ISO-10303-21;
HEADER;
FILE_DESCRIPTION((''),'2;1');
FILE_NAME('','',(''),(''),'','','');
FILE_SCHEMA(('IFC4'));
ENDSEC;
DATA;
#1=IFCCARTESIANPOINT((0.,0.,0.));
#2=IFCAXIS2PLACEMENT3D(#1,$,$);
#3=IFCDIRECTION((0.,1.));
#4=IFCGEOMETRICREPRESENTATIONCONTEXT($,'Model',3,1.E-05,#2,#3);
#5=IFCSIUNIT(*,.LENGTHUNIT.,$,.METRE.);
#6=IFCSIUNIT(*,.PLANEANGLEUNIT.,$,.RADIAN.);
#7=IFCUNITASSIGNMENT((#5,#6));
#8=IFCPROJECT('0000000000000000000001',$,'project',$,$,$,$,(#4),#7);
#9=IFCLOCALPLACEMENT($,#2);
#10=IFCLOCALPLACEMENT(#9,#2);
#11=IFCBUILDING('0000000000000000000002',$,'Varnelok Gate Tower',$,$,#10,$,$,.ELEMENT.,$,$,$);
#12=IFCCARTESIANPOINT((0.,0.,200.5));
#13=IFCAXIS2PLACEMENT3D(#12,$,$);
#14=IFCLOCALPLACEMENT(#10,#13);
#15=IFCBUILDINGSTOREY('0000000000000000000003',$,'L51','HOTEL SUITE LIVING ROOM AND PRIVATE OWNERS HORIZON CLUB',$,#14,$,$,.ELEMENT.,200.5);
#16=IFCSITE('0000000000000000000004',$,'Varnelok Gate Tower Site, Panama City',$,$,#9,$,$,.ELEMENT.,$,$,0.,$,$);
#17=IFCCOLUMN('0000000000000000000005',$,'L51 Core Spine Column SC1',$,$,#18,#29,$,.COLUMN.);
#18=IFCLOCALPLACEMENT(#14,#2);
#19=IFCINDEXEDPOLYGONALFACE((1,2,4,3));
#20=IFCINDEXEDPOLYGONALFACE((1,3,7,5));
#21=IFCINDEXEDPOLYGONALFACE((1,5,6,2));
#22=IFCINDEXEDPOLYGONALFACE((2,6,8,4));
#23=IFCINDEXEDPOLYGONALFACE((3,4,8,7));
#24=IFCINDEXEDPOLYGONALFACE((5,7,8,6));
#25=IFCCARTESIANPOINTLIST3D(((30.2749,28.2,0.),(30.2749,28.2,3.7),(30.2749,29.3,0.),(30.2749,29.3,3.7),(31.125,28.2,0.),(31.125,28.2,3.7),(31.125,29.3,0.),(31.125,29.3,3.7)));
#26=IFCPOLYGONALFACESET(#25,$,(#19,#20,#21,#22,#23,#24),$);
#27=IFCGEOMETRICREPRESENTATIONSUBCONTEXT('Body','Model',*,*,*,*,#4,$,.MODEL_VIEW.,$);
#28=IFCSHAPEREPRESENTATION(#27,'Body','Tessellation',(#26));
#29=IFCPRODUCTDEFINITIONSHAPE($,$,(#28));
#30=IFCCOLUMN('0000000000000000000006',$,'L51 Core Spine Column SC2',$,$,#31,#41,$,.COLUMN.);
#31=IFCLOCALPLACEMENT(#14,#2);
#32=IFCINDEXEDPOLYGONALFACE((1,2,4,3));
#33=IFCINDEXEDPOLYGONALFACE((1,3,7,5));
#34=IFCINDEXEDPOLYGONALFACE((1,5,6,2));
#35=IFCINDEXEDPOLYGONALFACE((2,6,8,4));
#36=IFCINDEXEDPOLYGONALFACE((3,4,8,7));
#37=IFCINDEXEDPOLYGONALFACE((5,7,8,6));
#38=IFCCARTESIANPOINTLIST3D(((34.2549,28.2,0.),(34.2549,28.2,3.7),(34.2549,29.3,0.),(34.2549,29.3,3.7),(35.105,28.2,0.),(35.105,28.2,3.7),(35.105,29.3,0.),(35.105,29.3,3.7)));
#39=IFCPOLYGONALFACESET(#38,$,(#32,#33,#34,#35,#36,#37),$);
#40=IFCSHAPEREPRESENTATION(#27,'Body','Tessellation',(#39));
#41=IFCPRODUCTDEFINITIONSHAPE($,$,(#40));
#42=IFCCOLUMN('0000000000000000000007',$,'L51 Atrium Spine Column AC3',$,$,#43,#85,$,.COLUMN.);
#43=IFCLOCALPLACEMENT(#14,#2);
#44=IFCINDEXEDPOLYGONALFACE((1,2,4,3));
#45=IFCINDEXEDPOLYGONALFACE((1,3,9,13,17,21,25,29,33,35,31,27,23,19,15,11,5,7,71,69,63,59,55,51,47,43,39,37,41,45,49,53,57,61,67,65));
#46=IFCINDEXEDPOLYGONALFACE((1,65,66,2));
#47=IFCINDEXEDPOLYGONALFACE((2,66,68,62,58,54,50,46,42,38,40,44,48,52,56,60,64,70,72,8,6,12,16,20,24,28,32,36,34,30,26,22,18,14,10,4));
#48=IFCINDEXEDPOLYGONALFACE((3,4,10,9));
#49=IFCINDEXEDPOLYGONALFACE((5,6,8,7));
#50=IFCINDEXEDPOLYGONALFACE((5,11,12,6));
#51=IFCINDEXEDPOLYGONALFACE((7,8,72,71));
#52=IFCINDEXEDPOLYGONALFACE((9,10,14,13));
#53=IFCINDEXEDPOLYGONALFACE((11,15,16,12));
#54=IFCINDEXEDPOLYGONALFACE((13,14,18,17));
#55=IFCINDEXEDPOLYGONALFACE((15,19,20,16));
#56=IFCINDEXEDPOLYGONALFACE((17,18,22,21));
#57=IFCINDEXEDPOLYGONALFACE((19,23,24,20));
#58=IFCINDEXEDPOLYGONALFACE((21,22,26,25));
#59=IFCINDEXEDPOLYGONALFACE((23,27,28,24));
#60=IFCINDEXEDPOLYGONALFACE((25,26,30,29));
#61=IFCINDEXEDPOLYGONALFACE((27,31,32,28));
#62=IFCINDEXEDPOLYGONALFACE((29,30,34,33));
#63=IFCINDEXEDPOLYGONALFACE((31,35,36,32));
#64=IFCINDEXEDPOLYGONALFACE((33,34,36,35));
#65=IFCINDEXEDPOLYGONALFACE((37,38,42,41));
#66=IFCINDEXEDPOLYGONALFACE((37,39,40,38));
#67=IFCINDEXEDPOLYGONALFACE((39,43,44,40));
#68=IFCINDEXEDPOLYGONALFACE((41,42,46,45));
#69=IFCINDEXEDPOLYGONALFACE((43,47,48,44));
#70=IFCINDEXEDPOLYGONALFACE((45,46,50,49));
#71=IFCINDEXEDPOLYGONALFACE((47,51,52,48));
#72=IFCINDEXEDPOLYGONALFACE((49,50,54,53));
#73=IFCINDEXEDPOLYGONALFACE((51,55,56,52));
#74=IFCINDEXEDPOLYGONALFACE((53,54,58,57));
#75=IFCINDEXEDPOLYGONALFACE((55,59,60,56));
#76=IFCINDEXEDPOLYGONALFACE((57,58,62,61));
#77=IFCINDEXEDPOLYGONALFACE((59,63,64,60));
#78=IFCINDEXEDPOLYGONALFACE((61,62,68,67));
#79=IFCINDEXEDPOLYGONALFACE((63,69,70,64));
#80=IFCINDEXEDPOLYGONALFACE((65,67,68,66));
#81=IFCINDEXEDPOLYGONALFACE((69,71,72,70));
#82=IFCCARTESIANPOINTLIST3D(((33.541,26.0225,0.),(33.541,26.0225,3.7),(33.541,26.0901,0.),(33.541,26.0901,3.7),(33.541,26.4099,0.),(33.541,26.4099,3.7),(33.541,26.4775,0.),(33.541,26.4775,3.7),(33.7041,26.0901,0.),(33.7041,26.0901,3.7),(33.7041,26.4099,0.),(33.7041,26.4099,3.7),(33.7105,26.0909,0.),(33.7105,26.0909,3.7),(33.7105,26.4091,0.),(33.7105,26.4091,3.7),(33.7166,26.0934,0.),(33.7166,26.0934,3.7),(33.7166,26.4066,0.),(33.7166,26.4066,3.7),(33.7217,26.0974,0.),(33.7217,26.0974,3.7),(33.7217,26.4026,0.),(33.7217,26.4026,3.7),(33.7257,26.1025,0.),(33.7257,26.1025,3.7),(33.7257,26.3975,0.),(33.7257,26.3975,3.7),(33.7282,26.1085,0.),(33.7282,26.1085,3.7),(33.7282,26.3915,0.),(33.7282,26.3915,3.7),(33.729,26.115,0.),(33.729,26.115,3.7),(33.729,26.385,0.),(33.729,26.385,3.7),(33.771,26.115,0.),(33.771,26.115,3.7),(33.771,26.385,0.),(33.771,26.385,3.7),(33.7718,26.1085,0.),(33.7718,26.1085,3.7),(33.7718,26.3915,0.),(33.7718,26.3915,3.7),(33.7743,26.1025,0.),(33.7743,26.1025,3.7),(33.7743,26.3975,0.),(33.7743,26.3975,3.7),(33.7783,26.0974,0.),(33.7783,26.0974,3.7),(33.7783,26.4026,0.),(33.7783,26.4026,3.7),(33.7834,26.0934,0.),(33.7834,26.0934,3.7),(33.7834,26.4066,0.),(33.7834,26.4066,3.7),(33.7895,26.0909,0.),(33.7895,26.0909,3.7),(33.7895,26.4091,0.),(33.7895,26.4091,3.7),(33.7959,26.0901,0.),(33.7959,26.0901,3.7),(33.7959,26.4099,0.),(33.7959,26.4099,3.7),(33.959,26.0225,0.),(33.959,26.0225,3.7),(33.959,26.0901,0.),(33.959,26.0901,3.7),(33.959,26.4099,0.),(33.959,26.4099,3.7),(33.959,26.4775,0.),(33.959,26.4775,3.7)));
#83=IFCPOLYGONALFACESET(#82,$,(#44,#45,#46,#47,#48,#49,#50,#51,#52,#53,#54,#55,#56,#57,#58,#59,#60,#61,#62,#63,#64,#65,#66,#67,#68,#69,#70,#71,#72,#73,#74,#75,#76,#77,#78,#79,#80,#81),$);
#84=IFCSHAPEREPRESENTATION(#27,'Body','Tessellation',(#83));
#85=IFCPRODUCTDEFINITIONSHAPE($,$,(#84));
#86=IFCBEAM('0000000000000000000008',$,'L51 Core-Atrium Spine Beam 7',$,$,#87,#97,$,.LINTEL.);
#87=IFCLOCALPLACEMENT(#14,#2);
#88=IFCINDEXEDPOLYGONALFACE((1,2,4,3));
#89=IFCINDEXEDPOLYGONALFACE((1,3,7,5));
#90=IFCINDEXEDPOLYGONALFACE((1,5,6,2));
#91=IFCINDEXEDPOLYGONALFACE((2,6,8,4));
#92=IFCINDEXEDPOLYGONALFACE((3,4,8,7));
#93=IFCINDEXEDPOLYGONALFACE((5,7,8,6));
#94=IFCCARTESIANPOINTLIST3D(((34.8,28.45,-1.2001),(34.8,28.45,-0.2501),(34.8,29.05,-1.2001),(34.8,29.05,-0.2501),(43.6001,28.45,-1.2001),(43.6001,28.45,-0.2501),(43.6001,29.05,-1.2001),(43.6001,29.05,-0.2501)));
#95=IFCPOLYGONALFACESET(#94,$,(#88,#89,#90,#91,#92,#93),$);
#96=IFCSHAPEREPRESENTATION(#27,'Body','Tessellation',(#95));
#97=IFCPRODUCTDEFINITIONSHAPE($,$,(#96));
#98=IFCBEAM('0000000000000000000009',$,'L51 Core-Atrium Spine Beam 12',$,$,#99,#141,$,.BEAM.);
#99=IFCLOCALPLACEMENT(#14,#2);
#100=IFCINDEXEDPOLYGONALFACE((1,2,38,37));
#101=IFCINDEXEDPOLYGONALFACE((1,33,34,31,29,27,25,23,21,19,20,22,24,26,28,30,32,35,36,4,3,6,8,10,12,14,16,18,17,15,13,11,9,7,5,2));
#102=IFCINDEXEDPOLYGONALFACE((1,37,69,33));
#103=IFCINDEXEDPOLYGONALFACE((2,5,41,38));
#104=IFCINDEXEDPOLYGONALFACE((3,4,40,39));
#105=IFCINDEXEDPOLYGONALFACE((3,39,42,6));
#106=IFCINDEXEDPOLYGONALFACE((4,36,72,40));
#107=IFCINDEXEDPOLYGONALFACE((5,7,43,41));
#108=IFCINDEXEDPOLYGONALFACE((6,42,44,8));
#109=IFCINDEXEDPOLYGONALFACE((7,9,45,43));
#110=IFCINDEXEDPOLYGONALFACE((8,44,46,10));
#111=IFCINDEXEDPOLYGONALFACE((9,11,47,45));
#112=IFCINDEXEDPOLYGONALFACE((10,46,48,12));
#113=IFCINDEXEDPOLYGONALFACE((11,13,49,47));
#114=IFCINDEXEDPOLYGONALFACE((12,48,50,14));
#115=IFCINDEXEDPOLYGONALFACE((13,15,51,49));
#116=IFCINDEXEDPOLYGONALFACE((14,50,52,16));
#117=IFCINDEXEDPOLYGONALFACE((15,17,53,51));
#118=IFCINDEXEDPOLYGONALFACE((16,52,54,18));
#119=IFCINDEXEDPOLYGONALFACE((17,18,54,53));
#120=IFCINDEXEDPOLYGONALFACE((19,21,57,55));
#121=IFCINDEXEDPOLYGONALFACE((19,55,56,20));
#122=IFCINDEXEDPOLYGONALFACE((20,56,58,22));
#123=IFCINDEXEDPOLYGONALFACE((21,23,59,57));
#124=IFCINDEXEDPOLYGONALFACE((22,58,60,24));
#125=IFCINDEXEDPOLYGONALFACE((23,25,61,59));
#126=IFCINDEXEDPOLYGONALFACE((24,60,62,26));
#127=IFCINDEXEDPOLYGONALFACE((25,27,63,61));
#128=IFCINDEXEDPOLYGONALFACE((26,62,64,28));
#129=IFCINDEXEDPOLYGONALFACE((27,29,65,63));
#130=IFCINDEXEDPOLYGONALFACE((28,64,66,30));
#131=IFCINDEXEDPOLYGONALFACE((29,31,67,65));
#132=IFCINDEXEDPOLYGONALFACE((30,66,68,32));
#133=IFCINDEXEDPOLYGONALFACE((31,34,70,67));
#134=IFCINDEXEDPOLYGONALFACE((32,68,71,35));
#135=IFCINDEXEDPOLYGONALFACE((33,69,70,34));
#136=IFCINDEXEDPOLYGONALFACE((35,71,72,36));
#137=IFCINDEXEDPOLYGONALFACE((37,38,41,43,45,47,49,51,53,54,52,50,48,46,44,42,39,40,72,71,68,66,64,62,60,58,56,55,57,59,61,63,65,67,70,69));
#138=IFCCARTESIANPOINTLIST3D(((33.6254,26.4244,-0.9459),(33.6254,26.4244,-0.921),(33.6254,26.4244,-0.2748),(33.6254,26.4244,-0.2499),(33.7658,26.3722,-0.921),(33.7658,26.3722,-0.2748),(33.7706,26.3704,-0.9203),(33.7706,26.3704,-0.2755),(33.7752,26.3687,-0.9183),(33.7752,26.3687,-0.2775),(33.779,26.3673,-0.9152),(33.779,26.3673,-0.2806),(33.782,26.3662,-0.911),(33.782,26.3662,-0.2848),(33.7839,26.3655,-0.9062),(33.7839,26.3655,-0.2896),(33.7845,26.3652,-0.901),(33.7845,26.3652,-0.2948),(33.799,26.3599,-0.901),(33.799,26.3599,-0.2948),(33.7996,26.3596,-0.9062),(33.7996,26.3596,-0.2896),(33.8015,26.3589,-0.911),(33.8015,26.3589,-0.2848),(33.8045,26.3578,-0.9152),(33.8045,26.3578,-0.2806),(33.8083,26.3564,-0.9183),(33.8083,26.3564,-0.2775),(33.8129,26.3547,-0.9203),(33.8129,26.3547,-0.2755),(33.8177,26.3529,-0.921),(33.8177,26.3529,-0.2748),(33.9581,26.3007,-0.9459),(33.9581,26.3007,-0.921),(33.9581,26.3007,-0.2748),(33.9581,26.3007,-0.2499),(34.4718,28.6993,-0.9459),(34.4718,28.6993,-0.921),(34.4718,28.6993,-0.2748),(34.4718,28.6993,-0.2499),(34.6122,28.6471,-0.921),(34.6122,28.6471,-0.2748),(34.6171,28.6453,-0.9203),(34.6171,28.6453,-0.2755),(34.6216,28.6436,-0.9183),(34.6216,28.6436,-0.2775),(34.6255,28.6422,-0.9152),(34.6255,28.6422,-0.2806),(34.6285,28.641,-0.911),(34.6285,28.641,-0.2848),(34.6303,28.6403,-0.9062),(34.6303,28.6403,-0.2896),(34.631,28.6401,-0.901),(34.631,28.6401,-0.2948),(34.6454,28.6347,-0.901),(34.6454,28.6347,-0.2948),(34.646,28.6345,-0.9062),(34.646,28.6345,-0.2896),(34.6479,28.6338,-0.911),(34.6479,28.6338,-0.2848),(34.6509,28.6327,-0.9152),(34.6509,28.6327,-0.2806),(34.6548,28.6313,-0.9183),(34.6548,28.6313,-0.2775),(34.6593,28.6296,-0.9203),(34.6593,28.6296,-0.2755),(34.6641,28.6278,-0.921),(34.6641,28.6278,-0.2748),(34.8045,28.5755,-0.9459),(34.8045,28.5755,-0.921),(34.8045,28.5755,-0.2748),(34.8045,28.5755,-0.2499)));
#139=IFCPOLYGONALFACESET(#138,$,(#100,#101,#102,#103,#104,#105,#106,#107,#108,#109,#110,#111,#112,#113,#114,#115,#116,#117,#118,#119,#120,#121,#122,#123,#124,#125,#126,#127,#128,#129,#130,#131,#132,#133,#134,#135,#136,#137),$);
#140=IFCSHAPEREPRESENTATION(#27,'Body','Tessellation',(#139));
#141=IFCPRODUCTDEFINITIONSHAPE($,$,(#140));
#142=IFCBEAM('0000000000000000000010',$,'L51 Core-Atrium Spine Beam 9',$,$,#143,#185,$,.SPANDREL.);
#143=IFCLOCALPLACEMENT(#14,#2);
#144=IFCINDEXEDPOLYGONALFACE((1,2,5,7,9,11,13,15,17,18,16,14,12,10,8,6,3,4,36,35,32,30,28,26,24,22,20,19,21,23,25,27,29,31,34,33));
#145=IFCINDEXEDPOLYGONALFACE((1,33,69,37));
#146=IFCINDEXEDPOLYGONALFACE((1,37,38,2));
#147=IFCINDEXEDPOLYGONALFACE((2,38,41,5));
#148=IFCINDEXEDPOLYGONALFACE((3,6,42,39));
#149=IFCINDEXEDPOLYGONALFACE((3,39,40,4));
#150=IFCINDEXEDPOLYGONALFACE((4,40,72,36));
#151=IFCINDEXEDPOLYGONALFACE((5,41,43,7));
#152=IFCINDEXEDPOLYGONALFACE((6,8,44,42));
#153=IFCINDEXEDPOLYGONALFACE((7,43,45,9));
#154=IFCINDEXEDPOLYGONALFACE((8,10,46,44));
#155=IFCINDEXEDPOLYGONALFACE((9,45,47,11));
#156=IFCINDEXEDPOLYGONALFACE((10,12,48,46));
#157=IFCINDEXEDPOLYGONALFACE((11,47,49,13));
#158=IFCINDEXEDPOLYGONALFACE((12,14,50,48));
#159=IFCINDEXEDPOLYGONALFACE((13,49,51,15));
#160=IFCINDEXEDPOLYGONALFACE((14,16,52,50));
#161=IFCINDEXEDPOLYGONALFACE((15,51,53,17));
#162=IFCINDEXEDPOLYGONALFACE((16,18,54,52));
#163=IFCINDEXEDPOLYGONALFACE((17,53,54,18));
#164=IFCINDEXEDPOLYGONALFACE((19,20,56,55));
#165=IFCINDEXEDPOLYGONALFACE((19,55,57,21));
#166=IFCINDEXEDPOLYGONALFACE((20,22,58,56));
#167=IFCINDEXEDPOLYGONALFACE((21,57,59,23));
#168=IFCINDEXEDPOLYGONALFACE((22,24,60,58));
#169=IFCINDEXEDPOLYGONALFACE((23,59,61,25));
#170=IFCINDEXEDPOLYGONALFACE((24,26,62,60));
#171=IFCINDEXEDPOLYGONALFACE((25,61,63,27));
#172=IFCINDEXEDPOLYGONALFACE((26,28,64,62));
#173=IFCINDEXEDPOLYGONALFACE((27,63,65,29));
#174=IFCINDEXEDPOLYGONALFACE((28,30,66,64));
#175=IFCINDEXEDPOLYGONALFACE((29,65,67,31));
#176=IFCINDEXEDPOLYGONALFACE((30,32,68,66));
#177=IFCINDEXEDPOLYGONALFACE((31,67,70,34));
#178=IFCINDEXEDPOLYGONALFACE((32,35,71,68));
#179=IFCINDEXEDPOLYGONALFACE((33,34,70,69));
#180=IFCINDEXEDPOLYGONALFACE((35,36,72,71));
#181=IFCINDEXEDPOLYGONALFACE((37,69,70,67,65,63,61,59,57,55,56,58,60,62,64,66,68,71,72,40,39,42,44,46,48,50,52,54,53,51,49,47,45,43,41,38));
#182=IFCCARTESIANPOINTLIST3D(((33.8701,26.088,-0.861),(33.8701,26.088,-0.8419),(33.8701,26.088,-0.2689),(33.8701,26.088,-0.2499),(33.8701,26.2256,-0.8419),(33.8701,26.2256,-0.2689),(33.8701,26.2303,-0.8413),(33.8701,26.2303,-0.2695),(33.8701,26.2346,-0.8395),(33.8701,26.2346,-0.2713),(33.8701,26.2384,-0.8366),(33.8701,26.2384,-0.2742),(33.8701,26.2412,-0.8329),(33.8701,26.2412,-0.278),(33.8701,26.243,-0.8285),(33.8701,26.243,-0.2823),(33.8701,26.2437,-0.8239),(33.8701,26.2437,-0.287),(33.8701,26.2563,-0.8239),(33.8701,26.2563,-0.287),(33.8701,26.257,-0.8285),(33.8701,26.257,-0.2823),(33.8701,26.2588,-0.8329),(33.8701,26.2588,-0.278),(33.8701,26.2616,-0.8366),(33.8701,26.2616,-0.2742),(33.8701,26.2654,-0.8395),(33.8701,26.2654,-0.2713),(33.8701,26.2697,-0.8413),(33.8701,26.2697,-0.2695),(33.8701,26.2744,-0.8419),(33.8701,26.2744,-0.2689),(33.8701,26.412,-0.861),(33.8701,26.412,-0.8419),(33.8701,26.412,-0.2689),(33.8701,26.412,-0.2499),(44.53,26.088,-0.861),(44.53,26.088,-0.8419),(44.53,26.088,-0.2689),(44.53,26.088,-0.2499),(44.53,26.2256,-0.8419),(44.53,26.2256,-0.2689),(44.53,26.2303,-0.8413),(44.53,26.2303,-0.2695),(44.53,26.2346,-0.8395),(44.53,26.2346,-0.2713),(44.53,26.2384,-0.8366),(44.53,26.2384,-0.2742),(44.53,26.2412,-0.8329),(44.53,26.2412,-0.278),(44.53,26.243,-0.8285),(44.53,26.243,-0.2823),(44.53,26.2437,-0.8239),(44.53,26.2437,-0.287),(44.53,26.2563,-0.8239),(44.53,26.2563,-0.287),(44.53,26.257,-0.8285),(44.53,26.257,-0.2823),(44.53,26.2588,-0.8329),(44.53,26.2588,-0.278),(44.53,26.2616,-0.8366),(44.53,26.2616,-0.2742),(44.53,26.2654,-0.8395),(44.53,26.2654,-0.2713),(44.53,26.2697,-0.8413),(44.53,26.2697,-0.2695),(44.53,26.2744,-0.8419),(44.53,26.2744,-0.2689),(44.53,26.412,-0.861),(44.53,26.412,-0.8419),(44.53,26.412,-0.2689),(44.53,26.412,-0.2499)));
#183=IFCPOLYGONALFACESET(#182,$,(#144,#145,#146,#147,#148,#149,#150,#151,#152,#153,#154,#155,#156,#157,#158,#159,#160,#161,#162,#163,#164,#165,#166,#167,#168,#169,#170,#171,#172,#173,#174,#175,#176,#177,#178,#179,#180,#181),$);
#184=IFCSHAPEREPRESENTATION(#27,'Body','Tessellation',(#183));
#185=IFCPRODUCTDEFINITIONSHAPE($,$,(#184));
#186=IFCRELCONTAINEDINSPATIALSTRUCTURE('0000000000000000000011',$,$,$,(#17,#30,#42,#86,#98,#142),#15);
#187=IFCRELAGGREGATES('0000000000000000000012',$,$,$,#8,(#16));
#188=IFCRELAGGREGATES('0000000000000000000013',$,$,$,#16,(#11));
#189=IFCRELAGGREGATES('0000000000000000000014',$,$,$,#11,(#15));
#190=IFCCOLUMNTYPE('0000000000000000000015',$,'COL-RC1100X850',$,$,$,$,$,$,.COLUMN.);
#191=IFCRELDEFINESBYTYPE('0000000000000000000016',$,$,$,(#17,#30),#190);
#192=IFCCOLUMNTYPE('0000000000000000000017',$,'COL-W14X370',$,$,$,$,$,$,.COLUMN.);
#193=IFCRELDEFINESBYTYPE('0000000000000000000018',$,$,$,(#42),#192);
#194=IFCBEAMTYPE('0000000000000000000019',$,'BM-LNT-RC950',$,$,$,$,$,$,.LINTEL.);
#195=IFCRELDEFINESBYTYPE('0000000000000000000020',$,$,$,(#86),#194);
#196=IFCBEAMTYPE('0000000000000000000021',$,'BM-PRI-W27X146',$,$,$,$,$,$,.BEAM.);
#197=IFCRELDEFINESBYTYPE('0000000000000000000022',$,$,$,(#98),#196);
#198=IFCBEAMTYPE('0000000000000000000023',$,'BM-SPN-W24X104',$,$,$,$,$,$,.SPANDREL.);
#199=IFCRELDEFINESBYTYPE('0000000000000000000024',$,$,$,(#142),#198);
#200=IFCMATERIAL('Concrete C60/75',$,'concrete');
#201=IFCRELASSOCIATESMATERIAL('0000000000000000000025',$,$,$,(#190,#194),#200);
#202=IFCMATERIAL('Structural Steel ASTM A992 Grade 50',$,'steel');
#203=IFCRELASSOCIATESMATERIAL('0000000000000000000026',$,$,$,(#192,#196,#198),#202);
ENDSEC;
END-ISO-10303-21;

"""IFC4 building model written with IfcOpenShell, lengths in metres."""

from ifc_helpers import new_model, si_unit, direction, frame, origin, origin_2d, place, context, subcontext, project, spatial, rectangle, i_section, extrude, material, material_profile, profile_set, type_object, element, save


model = new_model("IFC4")

# Units and contexts
model_context = context("Model", 3, precision=1e-05, world=origin(), true_north=direction((0.0, 1.0)))
body_context = subcontext(model_context, "Body", "Model", "MODEL_VIEW")
ifc_project = project(units=[si_unit("LENGTHUNIT", "METRE"), si_unit("PLANEANGLEUNIT", "RADIAN")], contexts=[model_context])

# Site, building, storey
site_placement = place(None, origin())
site = spatial("IfcSite", under=ifc_project, at=site_placement, Name="Varnelok Gate Tower Site, Panama City", CompositionType="ELEMENT", RefElevation=0.0)
building_placement = place(site_placement, origin())
building = spatial("IfcBuilding", under=site, at=building_placement, Name="Varnelok Gate Tower", CompositionType="ELEMENT")
storey_placement = place(building_placement, frame((0.0, 0.0, 200.5)))
storey = spatial("IfcBuildingStorey", under=building, at=storey_placement, Name="L51", Description="HOTEL SUITE LIVING ROOM AND PRIVATE OWNERS HORIZON CLUB", CompositionType="ELEMENT", Elevation=200.5)

# Columns
ifc_material_1 = material(Name="Concrete C60/75", Category="concrete")
ifc_material_profile_1 = material_profile(ifc_material_1, rectangle(XDim=0.8501, YDim=1.1001, at=origin_2d()), Name="RC1100X850")
ifc_profile_set_1 = profile_set([ifc_material_profile_1], Name="Concrete C60/75")
column_type_1 = type_object("IfcColumnType", Name="COL-RC1100X850", PredefinedType="COLUMN", material=ifc_profile_set_1)
for number, where, z_axis, x_axis, name in (
    (1, (30.7, 28.75, 0.0), (0.0, 0.0, 1.0), (1.0, 0.0, 0.0), "L51 Core Spine Column SC1"),
    (2, (34.6799, 28.75, 0.0), (0.0, 0.0, 1.0), (1.0, 0.0, 0.0), "L51 Core Spine Column SC2"),
):
    element("IfcColumn", number, at=place(storey_placement, frame(where, z_axis=z_axis, x_axis=x_axis)), inside=storey, type_object=column_type_1, Name=name, PredefinedType="COLUMN", context=body_context, shape_type="SweptSolid", body=[
        extrude(rectangle(XDim=0.8501, YDim=1.1001, at=origin_2d()), origin(), (0.0, 0.0, 1.0), 3.7),
    ])
ifc_material_2 = material(Name="Structural Steel ASTM A992 Grade 50", Category="steel")
ifc_material_profile_2 = material_profile(ifc_material_2, i_section(OverallWidth=0.418, OverallDepth=0.4551, WebThickness=0.042, FlangeThickness=0.0676, FilletRadius=0.0249, at=origin_2d()), Name="W14X370")
ifc_profile_set_2 = profile_set([ifc_material_profile_2], Name="Structural Steel ASTM A992 Grade 50")
column_type_2 = type_object("IfcColumnType", Name="COL-W14X370", PredefinedType="COLUMN", material=ifc_profile_set_2)
column_placement = place(storey_placement, frame((33.75, 26.25, 0.0), z_axis=(0.0, 0.0, 1.0), x_axis=(1.0, 0.0, 0.0)))
element("IfcColumn", 3, at=column_placement, inside=storey, type_object=column_type_2, Name="L51 Atrium Spine Column AC3", PredefinedType="COLUMN", context=body_context, shape_type="SweptSolid", body=[
    extrude(i_section(OverallWidth=0.418, OverallDepth=0.4551, WebThickness=0.042, FlangeThickness=0.0676, FilletRadius=0.0249, at=origin_2d()), origin(), (0.0, 0.0, 1.0), 3.7),
])

# Beams
ifc_material_profile_3 = material_profile(ifc_material_1, rectangle(XDim=0.6001, YDim=0.95, at=origin_2d()), Name="RC950X600")
ifc_profile_set_3 = profile_set([ifc_material_profile_3], Name="Concrete C60/75")
beam_type_1 = type_object("IfcBeamType", Name="BM-LNT-RC950", PredefinedType="LINTEL", material=ifc_profile_set_3)
beam_1_placement = place(storey_placement, frame((34.8, 28.75, -0.7251), z_axis=(1.0, 0.0, 0.0), x_axis=(0.0, 1.0, 0.0)))
element("IfcBeam", 4, at=beam_1_placement, inside=storey, type_object=beam_type_1, Name="L51 Core-Atrium Spine Beam 7", PredefinedType="LINTEL", context=body_context, shape_type="SweptSolid", body=[
    extrude(rectangle(XDim=0.6001, YDim=0.95, at=origin_2d()), origin(), (0.0, 0.0, 1.0), 8.8),
])
ifc_material_profile_4 = material_profile(ifc_material_2, i_section(OverallWidth=0.355, OverallDepth=0.696, WebThickness=0.0154, FlangeThickness=0.0249, FilletRadius=0.02, at=origin_2d()), Name="W27X146")
ifc_profile_set_4 = profile_set([ifc_material_profile_4], Name="Structural Steel ASTM A992 Grade 50")
beam_type_2 = type_object("IfcBeamType", Name="BM-PRI-W27X146", PredefinedType="BEAM", material=ifc_profile_set_4)
beam_2_placement = place(storey_placement, frame((33.7917, 26.3625, -0.5979), z_axis=(0.348719, 0.937227, 0.0), x_axis=(-0.937227, 0.348719, 0.0)))
element("IfcBeam", 5, at=beam_2_placement, inside=storey, type_object=beam_type_2, Name="L51 Core-Atrium Spine Beam 12", PredefinedType="BEAM", context=body_context, shape_type="SweptSolid", body=[
    extrude(i_section(OverallWidth=0.355, OverallDepth=0.696, WebThickness=0.0154, FlangeThickness=0.0249, FilletRadius=0.02, at=origin_2d()), origin(), (0.0, 0.0, 1.0), 2.4272),
])
ifc_material_profile_5 = material_profile(ifc_material_2, i_section(OverallWidth=0.324, OverallDepth=0.6111, WebThickness=0.0127, FlangeThickness=0.019, FilletRadius=0.0181, at=origin_2d()), Name="W24X104")
ifc_profile_set_5 = profile_set([ifc_material_profile_5], Name="Structural Steel ASTM A992 Grade 50")
beam_type_3 = type_object("IfcBeamType", Name="BM-SPN-W24X104", PredefinedType="SPANDREL", material=ifc_profile_set_5)
beam_3_placement = place(storey_placement, frame((33.8701, 26.25, -0.5554), z_axis=(1.0, 0.0, 0.0), x_axis=(0.0, 1.0, 0.0)))
element("IfcBeam", 6, at=beam_3_placement, inside=storey, type_object=beam_type_3, Name="L51 Core-Atrium Spine Beam 9", PredefinedType="SPANDREL", context=body_context, shape_type="SweptSolid", body=[
    extrude(i_section(OverallWidth=0.324, OverallDepth=0.6111, WebThickness=0.0127, FlangeThickness=0.019, FilletRadius=0.0181, at=origin_2d()), origin(), (0.0, 0.0, 1.0), 10.6599),
])

save(model, "model.ifc")
